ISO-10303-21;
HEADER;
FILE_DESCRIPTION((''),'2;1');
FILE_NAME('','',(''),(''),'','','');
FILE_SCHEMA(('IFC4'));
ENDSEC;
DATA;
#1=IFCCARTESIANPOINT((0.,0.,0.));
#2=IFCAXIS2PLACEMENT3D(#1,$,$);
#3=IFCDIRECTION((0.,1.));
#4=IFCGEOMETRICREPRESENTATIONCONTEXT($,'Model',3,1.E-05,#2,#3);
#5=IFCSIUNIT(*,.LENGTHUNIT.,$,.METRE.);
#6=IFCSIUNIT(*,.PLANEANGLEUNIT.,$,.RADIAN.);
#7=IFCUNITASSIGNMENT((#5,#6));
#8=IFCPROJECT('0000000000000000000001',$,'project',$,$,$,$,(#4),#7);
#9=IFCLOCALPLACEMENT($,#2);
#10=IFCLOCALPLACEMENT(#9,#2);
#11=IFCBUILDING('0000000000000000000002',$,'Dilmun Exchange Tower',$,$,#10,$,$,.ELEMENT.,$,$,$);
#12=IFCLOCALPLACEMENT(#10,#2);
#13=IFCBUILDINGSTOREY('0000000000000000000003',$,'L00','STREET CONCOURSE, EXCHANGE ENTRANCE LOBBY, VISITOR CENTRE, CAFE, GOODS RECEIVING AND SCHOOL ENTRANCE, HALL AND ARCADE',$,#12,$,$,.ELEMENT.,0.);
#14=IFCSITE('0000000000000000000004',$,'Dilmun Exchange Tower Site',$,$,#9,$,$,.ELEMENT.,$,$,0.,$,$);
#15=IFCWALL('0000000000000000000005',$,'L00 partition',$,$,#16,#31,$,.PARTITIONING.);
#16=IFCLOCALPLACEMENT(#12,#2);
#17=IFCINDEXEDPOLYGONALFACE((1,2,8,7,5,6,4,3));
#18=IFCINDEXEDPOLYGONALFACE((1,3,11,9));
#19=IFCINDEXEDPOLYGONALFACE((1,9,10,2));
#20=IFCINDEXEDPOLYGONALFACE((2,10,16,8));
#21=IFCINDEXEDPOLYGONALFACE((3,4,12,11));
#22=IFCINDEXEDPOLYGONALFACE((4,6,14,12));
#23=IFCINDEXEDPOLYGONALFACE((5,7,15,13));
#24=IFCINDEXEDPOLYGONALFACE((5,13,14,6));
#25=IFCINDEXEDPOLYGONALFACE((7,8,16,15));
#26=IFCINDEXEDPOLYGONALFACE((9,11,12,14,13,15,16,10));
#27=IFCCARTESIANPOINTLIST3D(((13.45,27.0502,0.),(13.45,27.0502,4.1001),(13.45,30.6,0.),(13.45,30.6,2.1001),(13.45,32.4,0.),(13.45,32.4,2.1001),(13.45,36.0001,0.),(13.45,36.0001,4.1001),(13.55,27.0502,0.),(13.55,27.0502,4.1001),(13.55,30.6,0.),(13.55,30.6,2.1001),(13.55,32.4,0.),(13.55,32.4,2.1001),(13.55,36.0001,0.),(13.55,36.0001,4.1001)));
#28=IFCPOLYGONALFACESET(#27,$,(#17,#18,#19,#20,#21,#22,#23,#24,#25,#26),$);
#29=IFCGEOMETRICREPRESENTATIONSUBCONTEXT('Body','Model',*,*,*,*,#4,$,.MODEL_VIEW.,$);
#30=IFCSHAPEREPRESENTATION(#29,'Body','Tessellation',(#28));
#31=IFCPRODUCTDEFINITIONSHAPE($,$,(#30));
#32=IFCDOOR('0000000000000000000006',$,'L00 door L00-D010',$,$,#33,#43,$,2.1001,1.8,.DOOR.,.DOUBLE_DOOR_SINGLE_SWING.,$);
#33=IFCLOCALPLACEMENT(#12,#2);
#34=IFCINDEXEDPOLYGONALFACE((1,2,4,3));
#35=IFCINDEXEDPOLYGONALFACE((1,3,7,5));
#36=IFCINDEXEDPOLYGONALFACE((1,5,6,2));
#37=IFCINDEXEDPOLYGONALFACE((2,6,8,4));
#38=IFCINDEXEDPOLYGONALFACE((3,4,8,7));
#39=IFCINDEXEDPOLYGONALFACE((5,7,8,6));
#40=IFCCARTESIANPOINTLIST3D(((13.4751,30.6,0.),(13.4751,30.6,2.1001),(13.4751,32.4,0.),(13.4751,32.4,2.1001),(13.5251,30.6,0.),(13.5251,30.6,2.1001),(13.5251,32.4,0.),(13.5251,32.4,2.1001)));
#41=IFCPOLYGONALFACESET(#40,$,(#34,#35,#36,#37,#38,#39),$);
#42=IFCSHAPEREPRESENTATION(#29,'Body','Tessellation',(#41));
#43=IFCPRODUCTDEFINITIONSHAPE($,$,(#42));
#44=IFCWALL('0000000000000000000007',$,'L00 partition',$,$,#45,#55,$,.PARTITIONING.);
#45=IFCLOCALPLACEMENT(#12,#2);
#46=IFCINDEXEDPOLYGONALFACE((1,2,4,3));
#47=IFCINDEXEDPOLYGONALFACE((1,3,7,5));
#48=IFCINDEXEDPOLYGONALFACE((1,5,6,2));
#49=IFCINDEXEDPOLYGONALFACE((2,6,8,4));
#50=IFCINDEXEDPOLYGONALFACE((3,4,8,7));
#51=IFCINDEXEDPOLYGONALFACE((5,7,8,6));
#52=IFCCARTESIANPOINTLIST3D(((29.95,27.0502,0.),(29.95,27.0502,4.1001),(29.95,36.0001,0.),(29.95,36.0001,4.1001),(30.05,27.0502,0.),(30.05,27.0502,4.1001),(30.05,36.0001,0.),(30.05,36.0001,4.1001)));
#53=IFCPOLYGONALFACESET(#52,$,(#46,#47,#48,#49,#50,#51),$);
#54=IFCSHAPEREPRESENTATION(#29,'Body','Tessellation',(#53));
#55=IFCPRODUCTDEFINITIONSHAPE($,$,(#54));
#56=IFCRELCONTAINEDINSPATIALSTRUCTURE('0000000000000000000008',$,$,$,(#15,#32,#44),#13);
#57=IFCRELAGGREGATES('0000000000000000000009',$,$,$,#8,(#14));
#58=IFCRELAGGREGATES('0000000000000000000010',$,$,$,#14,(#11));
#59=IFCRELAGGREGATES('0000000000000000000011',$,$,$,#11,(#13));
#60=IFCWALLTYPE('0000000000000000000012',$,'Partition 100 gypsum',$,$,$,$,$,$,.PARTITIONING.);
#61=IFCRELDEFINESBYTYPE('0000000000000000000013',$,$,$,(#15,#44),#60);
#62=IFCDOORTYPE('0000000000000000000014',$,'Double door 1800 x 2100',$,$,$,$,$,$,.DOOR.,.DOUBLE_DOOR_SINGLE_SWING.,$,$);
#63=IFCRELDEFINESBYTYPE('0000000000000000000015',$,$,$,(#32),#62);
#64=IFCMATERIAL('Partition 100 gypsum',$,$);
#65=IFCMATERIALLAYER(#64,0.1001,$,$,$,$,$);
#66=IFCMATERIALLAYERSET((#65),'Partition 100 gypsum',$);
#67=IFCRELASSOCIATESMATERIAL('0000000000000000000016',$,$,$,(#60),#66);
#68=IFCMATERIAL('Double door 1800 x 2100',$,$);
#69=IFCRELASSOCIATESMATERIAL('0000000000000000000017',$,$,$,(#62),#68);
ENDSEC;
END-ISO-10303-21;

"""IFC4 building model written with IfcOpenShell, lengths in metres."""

from ifc_helpers import new_model, si_unit, direction, frame, frame_2d, origin, place, context, subcontext, project, spatial, rectangle, extrude, material, layer, layer_set, type_object, element, fill, save


model = new_model("IFC4")

# Units and contexts
model_context = context("Model", 3, precision=1e-05, world=origin(), true_north=direction((0.0, 1.0)))
body_context = subcontext(model_context, "Body", "Model", "MODEL_VIEW")
ifc_project = project(units=[si_unit("LENGTHUNIT", "METRE"), si_unit("PLANEANGLEUNIT", "RADIAN")], contexts=[model_context])

# Site, building, storey
site_placement = place(None, origin())
site = spatial("IfcSite", under=ifc_project, at=site_placement, Name="Dilmun Exchange Tower Site", CompositionType="ELEMENT", RefElevation=0.0)
building_placement = place(site_placement, origin())
building = spatial("IfcBuilding", under=site, at=building_placement, Name="Dilmun Exchange Tower", CompositionType="ELEMENT")
storey_placement = place(building_placement, origin())
storey = spatial("IfcBuildingStorey", under=building, at=storey_placement, Name="L00", Description="STREET CONCOURSE, EXCHANGE ENTRANCE LOBBY, VISITOR CENTRE, CAFE, GOODS RECEIVING AND SCHOOL ENTRANCE, HALL AND ARCADE", CompositionType="ELEMENT", Elevation=0.0)

# Shared definitions
ifc_material_1 = material(Name="Partition 100 gypsum")
ifc_layer_1 = layer(ifc_material_1, 0.1001)
ifc_layer_set_1 = layer_set([ifc_layer_1], Name="Partition 100 gypsum")
wall_type_1 = type_object("IfcWallType", Name="Partition 100 gypsum", PredefinedType="PARTITIONING", material=ifc_layer_set_1)

# Wall, opening, door
wall_1_placement = place(storey_placement, frame((13.5, 27.05, 0.0), z_axis=(0.0, 0.0, 1.0), x_axis=(0.0, 1.0, 0.0)))
wall_1 = element("IfcWall", 1, at=wall_1_placement, inside=storey, type_object=wall_type_1, Name="L00 partition", PredefinedType="PARTITIONING", context=body_context, shape_type="SweptSolid", body=[
    extrude(rectangle(XDim=8.95, YDim=0.1001, at=frame_2d((4.4751, 0.0))), origin(), (0.0, 0.0, 1.0), 4.1001),
])
opening_1_placement = place(wall_1_placement, frame((3.55, 0.0, 0.0)))
opening_1 = element("IfcOpeningElement", 2, at=opening_1_placement, cuts=wall_1, PredefinedType="OPENING", context=body_context, shape_type="SweptSolid", body=[
    extrude(rectangle(XDim=1.8, YDim=2.1001, at=frame_2d((0.8999, 1.05))), frame((0.0, 0.0601, 0.0), z_axis=(0.0, -1.0, 0.0), x_axis=(1.0, 0.0, 0.0)), (0.0, 0.0, 1.0), 0.1201),
])
ifc_material_2 = material(Name="Double door 1800 x 2100")
door_type_1 = type_object("IfcDoorType", Name="Double door 1800 x 2100", OperationType="DOUBLE_DOOR_SINGLE_SWING", PredefinedType="DOOR", material=ifc_material_2)
door_1_placement = place(opening_1_placement, origin())
door_1 = element("IfcDoor", 3, at=door_1_placement, inside=storey, type_object=door_type_1, Name="L00 door L00-D010", OperationType="DOUBLE_DOOR_SINGLE_SWING", OverallHeight=2.1001, OverallWidth=1.8, PredefinedType="DOOR", context=body_context, shape_type="SweptSolid", body=[
    extrude(rectangle(XDim=1.8, YDim=2.1001, at=frame_2d((0.8999, 1.05))), frame((0.0, 0.0249, 0.0), z_axis=(0.0, -1.0, 0.0), x_axis=(1.0, 0.0, 0.0)), (0.0, 0.0, 1.0), 0.05),
])
fill(opening_1, door_1)

# Wall
wall_2_placement = place(storey_placement, frame((30.0, 27.05, 0.0), z_axis=(0.0, 0.0, 1.0), x_axis=(0.0, 1.0, 0.0)))
element("IfcWall", 4, at=wall_2_placement, inside=storey, type_object=wall_type_1, Name="L00 partition", PredefinedType="PARTITIONING", context=body_context, shape_type="SweptSolid", body=[
    extrude(rectangle(XDim=8.95, YDim=0.1001, at=frame_2d((4.4751, 0.0))), origin(), (0.0, 0.0, 1.0), 4.1001),
])

save(model, "model.ifc")
